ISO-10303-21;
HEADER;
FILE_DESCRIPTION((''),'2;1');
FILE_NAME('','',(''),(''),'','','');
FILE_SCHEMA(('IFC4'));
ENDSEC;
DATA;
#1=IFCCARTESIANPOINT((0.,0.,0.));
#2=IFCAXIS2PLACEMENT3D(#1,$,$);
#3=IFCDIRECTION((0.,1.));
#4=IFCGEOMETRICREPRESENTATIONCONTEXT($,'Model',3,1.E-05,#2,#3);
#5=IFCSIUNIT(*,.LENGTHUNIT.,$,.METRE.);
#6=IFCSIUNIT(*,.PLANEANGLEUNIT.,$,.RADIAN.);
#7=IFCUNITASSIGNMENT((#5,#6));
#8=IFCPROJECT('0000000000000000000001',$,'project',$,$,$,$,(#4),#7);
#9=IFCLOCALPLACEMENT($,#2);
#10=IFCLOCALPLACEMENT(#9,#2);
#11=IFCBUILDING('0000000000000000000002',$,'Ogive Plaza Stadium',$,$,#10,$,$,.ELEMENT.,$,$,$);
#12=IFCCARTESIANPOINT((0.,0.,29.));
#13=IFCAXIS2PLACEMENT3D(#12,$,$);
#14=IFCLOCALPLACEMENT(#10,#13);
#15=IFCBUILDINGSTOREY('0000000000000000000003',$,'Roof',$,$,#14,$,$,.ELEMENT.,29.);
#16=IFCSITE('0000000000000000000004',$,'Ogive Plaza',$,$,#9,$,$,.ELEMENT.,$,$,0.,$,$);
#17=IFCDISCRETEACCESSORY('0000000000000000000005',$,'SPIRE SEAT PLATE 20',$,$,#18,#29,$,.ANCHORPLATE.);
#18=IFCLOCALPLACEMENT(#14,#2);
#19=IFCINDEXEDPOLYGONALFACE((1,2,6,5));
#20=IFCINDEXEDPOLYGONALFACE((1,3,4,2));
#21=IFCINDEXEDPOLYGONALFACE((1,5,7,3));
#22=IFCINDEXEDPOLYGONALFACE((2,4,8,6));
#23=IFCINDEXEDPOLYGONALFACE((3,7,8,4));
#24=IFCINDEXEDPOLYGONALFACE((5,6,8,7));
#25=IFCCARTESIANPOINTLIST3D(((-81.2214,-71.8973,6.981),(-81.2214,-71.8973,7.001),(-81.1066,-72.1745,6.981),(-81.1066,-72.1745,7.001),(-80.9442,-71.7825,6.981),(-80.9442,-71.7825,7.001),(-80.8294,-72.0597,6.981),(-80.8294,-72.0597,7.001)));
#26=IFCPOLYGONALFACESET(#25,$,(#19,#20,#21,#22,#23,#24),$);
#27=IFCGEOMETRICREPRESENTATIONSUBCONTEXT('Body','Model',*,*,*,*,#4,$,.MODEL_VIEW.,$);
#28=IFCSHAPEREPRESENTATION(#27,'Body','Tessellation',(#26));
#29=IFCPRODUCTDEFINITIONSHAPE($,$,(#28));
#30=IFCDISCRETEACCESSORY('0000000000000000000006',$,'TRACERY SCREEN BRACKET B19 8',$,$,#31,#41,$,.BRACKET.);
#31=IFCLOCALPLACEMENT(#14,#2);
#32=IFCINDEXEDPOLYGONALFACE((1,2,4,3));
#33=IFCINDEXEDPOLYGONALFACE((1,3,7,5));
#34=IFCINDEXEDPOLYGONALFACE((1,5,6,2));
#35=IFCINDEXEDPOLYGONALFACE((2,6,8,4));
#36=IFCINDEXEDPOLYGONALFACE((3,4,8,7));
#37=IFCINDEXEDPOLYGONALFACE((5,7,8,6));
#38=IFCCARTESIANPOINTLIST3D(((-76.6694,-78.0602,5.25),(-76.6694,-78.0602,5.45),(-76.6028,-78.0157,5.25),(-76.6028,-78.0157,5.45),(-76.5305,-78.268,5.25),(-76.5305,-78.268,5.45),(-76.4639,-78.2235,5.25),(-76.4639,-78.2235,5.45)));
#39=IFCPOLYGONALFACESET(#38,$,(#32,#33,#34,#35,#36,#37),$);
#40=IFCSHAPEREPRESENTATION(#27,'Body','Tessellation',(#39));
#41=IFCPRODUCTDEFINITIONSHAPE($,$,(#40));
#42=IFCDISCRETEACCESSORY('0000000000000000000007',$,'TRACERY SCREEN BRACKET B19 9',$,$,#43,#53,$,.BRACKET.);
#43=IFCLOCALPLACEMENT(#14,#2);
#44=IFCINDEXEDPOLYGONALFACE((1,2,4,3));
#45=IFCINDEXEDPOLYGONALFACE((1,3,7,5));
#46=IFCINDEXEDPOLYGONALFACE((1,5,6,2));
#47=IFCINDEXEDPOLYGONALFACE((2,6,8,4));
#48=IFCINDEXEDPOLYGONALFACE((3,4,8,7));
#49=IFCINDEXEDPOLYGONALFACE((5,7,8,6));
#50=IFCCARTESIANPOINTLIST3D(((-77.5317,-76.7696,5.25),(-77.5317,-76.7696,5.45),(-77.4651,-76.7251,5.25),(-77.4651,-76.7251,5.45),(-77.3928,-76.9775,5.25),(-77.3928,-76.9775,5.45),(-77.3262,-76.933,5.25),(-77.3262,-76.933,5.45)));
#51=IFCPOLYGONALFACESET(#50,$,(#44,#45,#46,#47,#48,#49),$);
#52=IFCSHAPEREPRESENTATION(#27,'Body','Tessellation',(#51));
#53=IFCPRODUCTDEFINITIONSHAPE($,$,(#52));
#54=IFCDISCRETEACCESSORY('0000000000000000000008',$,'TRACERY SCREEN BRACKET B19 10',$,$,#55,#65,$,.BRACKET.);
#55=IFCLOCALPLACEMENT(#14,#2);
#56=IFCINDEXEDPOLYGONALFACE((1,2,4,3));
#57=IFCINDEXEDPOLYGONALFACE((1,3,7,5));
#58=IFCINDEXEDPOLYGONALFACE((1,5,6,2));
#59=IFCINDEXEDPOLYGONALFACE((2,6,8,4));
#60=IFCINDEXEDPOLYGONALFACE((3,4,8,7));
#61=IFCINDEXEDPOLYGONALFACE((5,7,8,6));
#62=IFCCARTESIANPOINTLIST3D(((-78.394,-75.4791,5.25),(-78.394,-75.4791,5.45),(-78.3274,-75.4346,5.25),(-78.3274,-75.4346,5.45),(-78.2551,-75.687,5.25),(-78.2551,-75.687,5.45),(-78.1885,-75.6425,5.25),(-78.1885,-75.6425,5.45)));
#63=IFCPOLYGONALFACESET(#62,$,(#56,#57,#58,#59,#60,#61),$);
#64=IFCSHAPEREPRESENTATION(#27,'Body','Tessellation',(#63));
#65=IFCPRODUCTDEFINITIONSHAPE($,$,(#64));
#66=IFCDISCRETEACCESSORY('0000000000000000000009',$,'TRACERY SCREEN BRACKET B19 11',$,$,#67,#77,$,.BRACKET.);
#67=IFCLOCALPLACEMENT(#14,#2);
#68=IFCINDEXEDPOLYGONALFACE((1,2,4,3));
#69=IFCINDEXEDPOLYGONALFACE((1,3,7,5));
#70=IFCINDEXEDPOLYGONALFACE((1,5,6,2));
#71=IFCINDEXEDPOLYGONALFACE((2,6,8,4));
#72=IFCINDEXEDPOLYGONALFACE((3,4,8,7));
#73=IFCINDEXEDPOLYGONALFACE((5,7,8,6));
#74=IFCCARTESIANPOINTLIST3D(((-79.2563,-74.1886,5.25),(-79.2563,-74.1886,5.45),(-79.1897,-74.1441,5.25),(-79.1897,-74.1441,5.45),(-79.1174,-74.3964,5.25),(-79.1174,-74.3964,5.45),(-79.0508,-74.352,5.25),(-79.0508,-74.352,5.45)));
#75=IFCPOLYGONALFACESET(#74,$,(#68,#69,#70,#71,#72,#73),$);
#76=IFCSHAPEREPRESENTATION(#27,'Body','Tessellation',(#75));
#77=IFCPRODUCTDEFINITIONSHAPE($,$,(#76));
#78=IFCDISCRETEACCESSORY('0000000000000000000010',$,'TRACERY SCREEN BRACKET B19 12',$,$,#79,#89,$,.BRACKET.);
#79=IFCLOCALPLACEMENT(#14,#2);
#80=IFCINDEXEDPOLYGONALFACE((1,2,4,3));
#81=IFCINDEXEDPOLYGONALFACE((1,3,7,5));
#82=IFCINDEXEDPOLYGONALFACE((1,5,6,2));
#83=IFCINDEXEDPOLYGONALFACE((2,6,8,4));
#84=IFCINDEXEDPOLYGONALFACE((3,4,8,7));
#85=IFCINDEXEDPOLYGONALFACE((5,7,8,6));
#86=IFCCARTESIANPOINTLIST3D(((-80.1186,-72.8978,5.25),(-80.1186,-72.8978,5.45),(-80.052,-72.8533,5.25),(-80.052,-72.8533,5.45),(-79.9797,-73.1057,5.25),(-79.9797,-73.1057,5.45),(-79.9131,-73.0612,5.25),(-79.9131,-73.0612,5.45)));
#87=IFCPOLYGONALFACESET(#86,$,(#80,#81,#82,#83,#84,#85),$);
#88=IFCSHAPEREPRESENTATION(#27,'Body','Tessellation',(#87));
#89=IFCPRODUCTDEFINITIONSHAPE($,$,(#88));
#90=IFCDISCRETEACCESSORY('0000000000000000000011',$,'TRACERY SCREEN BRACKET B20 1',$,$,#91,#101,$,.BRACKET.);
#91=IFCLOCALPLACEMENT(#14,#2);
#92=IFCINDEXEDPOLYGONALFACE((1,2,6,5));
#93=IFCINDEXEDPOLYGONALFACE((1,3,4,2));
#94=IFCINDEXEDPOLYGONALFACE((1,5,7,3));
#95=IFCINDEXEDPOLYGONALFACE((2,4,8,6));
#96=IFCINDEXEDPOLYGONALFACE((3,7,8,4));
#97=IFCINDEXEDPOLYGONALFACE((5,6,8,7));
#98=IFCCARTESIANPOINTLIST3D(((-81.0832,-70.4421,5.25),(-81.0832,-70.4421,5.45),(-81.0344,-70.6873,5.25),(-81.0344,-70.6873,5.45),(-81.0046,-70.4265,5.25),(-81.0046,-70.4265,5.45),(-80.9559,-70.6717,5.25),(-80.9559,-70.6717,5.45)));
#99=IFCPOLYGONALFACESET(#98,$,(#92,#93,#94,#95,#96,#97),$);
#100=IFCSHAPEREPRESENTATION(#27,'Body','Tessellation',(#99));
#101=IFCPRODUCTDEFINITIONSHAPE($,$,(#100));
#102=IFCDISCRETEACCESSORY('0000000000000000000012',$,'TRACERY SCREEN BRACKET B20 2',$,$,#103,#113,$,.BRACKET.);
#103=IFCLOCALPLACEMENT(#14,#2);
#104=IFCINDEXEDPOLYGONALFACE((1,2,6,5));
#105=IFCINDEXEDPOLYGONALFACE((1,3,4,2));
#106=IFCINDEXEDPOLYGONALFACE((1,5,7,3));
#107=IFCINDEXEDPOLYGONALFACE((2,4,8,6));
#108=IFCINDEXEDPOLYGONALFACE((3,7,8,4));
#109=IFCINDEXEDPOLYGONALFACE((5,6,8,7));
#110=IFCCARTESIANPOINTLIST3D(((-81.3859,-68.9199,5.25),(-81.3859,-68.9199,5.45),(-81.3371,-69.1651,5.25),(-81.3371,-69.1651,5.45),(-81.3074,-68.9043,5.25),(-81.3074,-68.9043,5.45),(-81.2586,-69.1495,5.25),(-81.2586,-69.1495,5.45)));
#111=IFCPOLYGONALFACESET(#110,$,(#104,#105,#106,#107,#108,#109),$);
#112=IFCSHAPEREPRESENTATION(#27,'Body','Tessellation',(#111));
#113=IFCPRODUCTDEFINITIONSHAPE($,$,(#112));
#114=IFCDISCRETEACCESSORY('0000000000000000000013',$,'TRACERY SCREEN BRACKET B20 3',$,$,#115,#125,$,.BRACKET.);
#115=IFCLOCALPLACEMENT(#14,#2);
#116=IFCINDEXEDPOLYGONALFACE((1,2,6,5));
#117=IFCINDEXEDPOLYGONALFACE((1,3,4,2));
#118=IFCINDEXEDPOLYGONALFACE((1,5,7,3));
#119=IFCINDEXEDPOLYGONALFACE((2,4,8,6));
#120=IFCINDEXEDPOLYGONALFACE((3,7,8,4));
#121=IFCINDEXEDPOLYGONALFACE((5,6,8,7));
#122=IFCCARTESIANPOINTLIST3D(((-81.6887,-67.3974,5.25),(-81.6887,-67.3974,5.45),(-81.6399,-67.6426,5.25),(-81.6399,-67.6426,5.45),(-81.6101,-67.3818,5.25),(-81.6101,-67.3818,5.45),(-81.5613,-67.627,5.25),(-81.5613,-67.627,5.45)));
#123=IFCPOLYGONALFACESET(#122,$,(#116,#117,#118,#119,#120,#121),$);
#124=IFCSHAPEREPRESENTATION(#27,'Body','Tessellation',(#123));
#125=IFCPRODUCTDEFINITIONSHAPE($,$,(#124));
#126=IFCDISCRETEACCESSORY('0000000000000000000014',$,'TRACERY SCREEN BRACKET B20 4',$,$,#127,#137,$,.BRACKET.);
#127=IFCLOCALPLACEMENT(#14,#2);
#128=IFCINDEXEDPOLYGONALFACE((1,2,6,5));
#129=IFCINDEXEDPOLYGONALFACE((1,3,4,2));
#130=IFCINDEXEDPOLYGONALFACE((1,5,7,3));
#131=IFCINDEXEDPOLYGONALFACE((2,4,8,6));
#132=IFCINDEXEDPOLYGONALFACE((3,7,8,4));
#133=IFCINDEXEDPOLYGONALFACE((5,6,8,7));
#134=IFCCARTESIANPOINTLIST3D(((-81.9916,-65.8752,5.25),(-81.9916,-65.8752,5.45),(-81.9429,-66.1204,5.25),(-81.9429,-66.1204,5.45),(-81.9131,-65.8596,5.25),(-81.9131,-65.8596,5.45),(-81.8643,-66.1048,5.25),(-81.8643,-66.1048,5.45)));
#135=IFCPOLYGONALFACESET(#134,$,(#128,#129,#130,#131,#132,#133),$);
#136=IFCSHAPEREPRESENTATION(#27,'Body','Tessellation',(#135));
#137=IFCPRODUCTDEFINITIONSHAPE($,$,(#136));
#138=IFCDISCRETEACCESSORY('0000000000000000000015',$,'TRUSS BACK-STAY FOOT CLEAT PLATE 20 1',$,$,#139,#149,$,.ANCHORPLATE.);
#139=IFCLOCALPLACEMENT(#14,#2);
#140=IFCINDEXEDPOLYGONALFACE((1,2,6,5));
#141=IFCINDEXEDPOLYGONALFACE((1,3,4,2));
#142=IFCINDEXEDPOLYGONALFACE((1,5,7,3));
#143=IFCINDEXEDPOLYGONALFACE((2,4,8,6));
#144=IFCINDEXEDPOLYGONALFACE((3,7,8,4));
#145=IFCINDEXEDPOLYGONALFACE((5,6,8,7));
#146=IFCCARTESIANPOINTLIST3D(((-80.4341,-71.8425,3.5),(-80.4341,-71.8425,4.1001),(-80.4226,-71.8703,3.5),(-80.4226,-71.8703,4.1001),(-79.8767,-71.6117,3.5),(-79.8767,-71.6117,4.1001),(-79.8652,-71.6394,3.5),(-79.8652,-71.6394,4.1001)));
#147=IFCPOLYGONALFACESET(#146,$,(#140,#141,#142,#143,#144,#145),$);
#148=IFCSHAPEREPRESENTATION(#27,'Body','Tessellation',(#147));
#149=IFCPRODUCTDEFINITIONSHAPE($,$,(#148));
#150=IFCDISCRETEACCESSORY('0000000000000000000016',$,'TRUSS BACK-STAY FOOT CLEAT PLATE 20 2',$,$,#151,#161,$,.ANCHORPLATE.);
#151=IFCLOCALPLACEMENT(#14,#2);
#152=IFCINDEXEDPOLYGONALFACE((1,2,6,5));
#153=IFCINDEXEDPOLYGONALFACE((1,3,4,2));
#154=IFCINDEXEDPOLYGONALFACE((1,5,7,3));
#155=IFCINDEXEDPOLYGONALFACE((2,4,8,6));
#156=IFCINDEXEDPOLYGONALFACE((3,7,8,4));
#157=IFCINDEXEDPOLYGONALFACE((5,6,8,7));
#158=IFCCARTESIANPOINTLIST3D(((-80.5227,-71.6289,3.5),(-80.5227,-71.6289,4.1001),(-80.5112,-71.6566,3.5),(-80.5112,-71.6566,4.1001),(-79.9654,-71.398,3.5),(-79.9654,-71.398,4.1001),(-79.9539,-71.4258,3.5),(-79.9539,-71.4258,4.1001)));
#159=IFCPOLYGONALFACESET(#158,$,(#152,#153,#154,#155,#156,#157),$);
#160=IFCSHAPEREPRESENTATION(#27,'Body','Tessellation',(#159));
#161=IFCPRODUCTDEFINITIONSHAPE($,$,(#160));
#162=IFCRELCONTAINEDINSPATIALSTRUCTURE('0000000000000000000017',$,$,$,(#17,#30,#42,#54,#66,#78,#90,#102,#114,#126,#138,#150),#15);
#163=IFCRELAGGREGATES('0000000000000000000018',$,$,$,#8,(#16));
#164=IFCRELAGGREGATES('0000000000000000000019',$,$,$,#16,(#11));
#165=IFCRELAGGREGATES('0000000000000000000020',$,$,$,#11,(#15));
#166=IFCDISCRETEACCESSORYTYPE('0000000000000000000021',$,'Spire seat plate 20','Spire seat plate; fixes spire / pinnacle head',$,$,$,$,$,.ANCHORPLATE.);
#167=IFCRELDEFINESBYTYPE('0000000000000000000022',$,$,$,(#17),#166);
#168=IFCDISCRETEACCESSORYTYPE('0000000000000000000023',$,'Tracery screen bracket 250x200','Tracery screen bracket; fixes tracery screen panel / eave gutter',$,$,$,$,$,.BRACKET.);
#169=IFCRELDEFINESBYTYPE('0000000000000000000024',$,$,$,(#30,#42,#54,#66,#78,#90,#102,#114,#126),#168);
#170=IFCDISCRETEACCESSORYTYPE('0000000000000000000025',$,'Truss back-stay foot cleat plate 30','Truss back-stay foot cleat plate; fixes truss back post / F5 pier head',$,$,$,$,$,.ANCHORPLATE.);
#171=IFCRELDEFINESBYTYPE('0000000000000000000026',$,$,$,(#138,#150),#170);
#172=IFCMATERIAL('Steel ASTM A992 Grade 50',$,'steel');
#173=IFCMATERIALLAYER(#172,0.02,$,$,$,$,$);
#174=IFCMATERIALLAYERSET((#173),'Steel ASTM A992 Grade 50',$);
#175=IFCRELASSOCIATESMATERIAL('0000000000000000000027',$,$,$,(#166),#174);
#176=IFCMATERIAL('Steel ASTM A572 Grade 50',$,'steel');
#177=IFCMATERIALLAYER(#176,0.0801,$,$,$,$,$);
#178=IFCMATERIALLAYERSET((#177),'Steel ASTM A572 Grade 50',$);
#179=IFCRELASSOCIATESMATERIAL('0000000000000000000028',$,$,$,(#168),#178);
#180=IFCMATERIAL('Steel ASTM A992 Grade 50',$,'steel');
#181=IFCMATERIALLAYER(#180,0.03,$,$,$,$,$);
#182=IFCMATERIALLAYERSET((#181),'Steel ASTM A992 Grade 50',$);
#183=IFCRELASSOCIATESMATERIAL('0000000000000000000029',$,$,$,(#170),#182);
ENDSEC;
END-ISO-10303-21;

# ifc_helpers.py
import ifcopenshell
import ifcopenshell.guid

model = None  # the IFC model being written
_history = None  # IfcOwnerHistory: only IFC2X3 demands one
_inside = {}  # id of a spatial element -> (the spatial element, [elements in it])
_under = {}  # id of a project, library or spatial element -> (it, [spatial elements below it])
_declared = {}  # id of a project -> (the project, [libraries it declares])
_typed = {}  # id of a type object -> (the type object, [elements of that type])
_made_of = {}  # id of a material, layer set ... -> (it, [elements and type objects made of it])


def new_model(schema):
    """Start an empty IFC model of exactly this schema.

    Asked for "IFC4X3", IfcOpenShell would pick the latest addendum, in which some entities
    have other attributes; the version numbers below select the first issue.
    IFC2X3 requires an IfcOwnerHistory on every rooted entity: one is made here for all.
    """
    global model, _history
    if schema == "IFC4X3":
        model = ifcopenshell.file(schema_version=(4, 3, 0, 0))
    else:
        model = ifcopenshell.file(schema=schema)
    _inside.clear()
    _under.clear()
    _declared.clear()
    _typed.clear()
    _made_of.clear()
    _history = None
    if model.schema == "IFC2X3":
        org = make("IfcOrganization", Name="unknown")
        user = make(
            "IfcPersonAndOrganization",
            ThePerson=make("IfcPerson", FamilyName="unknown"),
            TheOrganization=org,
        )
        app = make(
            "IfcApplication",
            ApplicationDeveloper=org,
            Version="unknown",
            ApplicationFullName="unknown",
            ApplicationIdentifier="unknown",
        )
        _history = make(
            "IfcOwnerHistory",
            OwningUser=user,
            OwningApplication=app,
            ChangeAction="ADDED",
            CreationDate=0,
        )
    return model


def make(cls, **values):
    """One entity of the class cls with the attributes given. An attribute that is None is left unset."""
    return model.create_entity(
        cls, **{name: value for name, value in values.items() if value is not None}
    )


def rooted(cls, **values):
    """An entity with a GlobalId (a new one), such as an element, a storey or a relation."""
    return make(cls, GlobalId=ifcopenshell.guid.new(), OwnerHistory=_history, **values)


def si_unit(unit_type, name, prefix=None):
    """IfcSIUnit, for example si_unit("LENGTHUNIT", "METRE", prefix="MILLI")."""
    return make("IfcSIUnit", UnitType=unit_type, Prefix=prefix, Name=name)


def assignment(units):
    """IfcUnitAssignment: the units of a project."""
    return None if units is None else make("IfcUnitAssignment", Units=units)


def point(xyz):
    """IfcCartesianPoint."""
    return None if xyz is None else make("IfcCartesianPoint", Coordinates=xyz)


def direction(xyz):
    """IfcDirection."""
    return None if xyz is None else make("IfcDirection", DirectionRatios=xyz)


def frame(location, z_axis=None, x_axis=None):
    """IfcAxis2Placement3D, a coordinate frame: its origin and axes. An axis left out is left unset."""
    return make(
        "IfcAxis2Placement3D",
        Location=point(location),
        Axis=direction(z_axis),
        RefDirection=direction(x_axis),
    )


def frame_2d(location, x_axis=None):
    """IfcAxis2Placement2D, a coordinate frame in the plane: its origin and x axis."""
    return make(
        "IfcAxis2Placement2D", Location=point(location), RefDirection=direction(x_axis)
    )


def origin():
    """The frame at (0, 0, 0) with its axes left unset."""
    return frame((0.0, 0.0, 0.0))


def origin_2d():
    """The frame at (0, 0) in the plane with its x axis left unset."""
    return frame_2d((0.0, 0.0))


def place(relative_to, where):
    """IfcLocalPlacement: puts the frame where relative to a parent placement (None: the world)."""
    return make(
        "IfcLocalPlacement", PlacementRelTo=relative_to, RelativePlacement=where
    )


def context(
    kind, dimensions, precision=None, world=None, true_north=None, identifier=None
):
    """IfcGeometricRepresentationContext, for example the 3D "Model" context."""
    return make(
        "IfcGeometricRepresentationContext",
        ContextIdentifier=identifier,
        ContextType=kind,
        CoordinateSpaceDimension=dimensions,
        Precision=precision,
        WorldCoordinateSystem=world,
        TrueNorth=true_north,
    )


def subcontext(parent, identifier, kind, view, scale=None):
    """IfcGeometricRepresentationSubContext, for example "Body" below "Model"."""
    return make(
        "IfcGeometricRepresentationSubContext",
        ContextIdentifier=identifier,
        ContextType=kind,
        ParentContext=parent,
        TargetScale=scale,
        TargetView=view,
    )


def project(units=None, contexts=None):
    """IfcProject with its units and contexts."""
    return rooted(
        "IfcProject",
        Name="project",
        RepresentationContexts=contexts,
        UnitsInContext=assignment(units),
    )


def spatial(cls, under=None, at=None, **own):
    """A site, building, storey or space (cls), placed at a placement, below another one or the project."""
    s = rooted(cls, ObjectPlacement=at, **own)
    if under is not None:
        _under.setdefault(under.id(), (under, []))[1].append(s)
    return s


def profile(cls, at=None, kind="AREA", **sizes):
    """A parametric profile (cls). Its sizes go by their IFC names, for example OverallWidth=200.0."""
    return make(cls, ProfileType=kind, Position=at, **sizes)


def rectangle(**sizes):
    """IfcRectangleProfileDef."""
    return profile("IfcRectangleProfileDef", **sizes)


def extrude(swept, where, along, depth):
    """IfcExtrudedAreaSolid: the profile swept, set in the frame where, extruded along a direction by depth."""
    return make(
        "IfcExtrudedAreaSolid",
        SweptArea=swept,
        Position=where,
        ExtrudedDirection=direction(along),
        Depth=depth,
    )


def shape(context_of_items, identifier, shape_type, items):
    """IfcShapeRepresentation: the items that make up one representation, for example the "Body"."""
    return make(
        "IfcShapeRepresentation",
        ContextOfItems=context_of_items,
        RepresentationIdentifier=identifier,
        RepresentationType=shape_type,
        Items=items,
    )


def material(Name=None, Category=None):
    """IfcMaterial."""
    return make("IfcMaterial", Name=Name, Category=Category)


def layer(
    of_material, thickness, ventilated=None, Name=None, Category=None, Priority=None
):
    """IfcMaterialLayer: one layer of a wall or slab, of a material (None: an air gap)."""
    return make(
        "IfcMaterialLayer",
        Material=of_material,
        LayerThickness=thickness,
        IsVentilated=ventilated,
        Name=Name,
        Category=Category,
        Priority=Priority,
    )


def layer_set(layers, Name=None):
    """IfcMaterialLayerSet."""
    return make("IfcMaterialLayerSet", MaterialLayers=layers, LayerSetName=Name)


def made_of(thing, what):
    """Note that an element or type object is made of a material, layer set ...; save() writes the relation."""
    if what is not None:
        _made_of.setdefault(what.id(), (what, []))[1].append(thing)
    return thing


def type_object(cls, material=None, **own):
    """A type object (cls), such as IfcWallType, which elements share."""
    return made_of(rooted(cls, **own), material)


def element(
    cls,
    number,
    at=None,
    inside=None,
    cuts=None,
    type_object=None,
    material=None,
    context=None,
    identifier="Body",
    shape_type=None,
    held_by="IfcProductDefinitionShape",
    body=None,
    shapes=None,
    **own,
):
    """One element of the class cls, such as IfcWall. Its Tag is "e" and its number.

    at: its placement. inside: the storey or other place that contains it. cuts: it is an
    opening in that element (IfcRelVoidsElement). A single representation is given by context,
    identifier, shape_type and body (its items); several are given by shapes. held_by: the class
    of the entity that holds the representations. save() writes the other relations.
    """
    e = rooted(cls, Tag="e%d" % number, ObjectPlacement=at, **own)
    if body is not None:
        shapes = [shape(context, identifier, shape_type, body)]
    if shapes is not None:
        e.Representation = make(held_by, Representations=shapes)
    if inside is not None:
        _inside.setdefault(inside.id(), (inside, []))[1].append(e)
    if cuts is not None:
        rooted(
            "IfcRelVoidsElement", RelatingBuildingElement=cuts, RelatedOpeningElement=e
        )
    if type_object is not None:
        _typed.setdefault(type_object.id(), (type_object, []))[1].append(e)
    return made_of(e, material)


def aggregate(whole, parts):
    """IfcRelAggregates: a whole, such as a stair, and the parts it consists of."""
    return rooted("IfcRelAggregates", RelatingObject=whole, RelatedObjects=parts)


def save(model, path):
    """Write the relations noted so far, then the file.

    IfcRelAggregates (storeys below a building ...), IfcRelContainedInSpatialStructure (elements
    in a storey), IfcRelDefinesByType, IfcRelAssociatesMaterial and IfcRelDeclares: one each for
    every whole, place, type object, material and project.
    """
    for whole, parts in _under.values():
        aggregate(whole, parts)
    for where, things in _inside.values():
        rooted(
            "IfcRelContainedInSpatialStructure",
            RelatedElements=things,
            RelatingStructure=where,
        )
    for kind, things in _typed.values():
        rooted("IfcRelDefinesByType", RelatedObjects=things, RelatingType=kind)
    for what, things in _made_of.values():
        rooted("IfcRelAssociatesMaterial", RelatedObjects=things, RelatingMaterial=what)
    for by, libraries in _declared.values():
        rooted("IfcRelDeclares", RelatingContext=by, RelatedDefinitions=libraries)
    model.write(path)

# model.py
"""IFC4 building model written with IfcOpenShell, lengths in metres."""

from ifc_helpers import new_model, si_unit, direction, frame, origin, origin_2d, place, context, subcontext, project, spatial, rectangle, extrude, material, layer, layer_set, type_object, element, save


model = new_model("IFC4")

# Units and contexts
model_context = context("Model", 3, precision=1e-05, world=origin(), true_north=direction((0.0, 1.0)))
body_context = subcontext(model_context, "Body", "Model", "MODEL_VIEW")
ifc_project = project(units=[si_unit("LENGTHUNIT", "METRE"), si_unit("PLANEANGLEUNIT", "RADIAN")], contexts=[model_context])

# Site, building, storey
site_placement = place(None, origin())
site = spatial("IfcSite", under=ifc_project, at=site_placement, Name="Ogive Plaza", CompositionType="ELEMENT", RefElevation=0.0)
building_placement = place(site_placement, origin())
building = spatial("IfcBuilding", under=site, at=building_placement, Name="Ogive Plaza Stadium", CompositionType="ELEMENT")
storey_placement = place(building_placement, frame((0.0, 0.0, 29.0)))
storey = spatial("IfcBuildingStorey", under=building, at=storey_placement, Name="Roof", CompositionType="ELEMENT", Elevation=29.0)

# Discrete accessories
ifc_material_1 = material(Name="Steel ASTM A992 Grade 50", Category="steel")
ifc_layer_1 = layer(ifc_material_1, 0.02)
ifc_layer_set_1 = layer_set([ifc_layer_1], Name="Steel ASTM A992 Grade 50")
discrete_accessory_type_1 = type_object("IfcDiscreteAccessoryType", Name="Spire seat plate 20", Description="Spire seat plate; fixes spire / pinnacle head", PredefinedType="ANCHORPLATE", material=ifc_layer_set_1)
discrete_accessory_placement = place(storey_placement, frame((-81.0254, -71.9785, 6.981), z_axis=(0.0, 0.0, 1.0), x_axis=(-0.92388, -0.382683, 0.0)))
element("IfcDiscreteAccessory", 1, at=discrete_accessory_placement, inside=storey, type_object=discrete_accessory_type_1, Name="SPIRE SEAT PLATE 20", PredefinedType="ANCHORPLATE", context=body_context, shape_type="SweptSolid", body=[
    extrude(rectangle(XDim=0.3, YDim=0.3, at=origin_2d()), origin(), (0.0, 0.0, 1.0), 0.02),
])
ifc_material_2 = material(Name="Steel ASTM A572 Grade 50", Category="steel")
ifc_layer_2 = layer(ifc_material_2, 0.0801)
ifc_layer_set_2 = layer_set([ifc_layer_2], Name="Steel ASTM A572 Grade 50")
discrete_accessory_type_2 = type_object("IfcDiscreteAccessoryType", Name="Tracery screen bracket 250x200", Description="Tracery screen bracket; fixes tracery screen panel / eave gutter", PredefinedType="BRACKET", material=ifc_layer_set_2)
for number, where, z_axis, x_axis, name in (
    (2, (-76.5667, -78.1418, 5.25), (0.0, 0.0, 1.0), (-0.55557, 0.83147, 0.0), "TRACERY SCREEN BRACKET B19 8"),
    (3, (-77.429, -76.8513, 5.25), (0.0, 0.0, 1.0), (-0.55557, 0.83147, 0.0), "TRACERY SCREEN BRACKET B19 9"),
    (4, (-78.2913, -75.5608, 5.25), (0.0, 0.0, 1.0), (-0.55557, 0.83147, 0.0), "TRACERY SCREEN BRACKET B19 10"),
    (5, (-79.1536, -74.2703, 5.25), (0.0, 0.0, 1.0), (-0.55557, 0.83147, 0.0), "TRACERY SCREEN BRACKET B19 11"),
    (6, (-80.0159, -72.9795, 5.25), (0.0, 0.0, 1.0), (-0.55557, 0.83147, 0.0), "TRACERY SCREEN BRACKET B19 12"),
    (7, (-81.0195, -70.5569, 5.25), (0.0, 0.0, 1.0), (-0.19509, 0.980785, 0.0), "TRACERY SCREEN BRACKET B20 1"),
    (8, (-81.3223, -69.0347, 5.25), (0.0, 0.0, 1.0), (-0.19509, 0.980785, 0.0), "TRACERY SCREEN BRACKET B20 2"),
    (9, (-81.625, -67.5122, 5.25), (0.0, 0.0, 1.0), (-0.19509, 0.980785, 0.0), "TRACERY SCREEN BRACKET B20 3"),
    (10, (-81.928, -65.99, 5.25), (0.0, 0.0, 1.0), (-0.19509, 0.980785, 0.0), "TRACERY SCREEN BRACKET B20 4"),
):
    element("IfcDiscreteAccessory", number, at=place(storey_placement, frame(where, z_axis=z_axis, x_axis=x_axis)), inside=storey, type_object=discrete_accessory_type_2, Name=name, PredefinedType="BRACKET", context=body_context, shape_type="SweptSolid", body=[
        extrude(rectangle(XDim=0.25, YDim=0.0801, at=origin_2d()), origin(), (0.0, 0.0, 1.0), 0.2),
    ])
ifc_material_3 = material(Name="Steel ASTM A992 Grade 50", Category="steel")
ifc_layer_3 = layer(ifc_material_3, 0.03)
ifc_layer_set_3 = layer_set([ifc_layer_3], Name="Steel ASTM A992 Grade 50")
discrete_accessory_type_3 = type_object("IfcDiscreteAccessoryType", Name="Truss back-stay foot cleat plate 30", Description="Truss back-stay foot cleat plate; fixes truss back post / F5 pier head", PredefinedType="ANCHORPLATE", material=ifc_layer_set_3)
for number, where, z_axis, x_axis, name in (
    (11, (-80.1497, -71.741, 3.5), (0.0, 0.0, 1.0), (-0.92388, -0.382683, 0.0), "TRUSS BACK-STAY FOOT CLEAT PLATE 20 1"),
    (12, (-80.2383, -71.5273, 3.5), (0.0, 0.0, 1.0), (-0.92388, -0.382683, 0.0), "TRUSS BACK-STAY FOOT CLEAT PLATE 20 2"),
):
    element("IfcDiscreteAccessory", number, at=place(storey_placement, frame(where, z_axis=z_axis, x_axis=x_axis)), inside=storey, type_object=discrete_accessory_type_3, Name=name, PredefinedType="ANCHORPLATE", context=body_context, shape_type="SweptSolid", body=[
        extrude(rectangle(XDim=0.6033, YDim=0.03, at=origin_2d()), origin(), (0.0, 0.0, 1.0), 0.6001),
    ])

save(model, "model.ifc")
